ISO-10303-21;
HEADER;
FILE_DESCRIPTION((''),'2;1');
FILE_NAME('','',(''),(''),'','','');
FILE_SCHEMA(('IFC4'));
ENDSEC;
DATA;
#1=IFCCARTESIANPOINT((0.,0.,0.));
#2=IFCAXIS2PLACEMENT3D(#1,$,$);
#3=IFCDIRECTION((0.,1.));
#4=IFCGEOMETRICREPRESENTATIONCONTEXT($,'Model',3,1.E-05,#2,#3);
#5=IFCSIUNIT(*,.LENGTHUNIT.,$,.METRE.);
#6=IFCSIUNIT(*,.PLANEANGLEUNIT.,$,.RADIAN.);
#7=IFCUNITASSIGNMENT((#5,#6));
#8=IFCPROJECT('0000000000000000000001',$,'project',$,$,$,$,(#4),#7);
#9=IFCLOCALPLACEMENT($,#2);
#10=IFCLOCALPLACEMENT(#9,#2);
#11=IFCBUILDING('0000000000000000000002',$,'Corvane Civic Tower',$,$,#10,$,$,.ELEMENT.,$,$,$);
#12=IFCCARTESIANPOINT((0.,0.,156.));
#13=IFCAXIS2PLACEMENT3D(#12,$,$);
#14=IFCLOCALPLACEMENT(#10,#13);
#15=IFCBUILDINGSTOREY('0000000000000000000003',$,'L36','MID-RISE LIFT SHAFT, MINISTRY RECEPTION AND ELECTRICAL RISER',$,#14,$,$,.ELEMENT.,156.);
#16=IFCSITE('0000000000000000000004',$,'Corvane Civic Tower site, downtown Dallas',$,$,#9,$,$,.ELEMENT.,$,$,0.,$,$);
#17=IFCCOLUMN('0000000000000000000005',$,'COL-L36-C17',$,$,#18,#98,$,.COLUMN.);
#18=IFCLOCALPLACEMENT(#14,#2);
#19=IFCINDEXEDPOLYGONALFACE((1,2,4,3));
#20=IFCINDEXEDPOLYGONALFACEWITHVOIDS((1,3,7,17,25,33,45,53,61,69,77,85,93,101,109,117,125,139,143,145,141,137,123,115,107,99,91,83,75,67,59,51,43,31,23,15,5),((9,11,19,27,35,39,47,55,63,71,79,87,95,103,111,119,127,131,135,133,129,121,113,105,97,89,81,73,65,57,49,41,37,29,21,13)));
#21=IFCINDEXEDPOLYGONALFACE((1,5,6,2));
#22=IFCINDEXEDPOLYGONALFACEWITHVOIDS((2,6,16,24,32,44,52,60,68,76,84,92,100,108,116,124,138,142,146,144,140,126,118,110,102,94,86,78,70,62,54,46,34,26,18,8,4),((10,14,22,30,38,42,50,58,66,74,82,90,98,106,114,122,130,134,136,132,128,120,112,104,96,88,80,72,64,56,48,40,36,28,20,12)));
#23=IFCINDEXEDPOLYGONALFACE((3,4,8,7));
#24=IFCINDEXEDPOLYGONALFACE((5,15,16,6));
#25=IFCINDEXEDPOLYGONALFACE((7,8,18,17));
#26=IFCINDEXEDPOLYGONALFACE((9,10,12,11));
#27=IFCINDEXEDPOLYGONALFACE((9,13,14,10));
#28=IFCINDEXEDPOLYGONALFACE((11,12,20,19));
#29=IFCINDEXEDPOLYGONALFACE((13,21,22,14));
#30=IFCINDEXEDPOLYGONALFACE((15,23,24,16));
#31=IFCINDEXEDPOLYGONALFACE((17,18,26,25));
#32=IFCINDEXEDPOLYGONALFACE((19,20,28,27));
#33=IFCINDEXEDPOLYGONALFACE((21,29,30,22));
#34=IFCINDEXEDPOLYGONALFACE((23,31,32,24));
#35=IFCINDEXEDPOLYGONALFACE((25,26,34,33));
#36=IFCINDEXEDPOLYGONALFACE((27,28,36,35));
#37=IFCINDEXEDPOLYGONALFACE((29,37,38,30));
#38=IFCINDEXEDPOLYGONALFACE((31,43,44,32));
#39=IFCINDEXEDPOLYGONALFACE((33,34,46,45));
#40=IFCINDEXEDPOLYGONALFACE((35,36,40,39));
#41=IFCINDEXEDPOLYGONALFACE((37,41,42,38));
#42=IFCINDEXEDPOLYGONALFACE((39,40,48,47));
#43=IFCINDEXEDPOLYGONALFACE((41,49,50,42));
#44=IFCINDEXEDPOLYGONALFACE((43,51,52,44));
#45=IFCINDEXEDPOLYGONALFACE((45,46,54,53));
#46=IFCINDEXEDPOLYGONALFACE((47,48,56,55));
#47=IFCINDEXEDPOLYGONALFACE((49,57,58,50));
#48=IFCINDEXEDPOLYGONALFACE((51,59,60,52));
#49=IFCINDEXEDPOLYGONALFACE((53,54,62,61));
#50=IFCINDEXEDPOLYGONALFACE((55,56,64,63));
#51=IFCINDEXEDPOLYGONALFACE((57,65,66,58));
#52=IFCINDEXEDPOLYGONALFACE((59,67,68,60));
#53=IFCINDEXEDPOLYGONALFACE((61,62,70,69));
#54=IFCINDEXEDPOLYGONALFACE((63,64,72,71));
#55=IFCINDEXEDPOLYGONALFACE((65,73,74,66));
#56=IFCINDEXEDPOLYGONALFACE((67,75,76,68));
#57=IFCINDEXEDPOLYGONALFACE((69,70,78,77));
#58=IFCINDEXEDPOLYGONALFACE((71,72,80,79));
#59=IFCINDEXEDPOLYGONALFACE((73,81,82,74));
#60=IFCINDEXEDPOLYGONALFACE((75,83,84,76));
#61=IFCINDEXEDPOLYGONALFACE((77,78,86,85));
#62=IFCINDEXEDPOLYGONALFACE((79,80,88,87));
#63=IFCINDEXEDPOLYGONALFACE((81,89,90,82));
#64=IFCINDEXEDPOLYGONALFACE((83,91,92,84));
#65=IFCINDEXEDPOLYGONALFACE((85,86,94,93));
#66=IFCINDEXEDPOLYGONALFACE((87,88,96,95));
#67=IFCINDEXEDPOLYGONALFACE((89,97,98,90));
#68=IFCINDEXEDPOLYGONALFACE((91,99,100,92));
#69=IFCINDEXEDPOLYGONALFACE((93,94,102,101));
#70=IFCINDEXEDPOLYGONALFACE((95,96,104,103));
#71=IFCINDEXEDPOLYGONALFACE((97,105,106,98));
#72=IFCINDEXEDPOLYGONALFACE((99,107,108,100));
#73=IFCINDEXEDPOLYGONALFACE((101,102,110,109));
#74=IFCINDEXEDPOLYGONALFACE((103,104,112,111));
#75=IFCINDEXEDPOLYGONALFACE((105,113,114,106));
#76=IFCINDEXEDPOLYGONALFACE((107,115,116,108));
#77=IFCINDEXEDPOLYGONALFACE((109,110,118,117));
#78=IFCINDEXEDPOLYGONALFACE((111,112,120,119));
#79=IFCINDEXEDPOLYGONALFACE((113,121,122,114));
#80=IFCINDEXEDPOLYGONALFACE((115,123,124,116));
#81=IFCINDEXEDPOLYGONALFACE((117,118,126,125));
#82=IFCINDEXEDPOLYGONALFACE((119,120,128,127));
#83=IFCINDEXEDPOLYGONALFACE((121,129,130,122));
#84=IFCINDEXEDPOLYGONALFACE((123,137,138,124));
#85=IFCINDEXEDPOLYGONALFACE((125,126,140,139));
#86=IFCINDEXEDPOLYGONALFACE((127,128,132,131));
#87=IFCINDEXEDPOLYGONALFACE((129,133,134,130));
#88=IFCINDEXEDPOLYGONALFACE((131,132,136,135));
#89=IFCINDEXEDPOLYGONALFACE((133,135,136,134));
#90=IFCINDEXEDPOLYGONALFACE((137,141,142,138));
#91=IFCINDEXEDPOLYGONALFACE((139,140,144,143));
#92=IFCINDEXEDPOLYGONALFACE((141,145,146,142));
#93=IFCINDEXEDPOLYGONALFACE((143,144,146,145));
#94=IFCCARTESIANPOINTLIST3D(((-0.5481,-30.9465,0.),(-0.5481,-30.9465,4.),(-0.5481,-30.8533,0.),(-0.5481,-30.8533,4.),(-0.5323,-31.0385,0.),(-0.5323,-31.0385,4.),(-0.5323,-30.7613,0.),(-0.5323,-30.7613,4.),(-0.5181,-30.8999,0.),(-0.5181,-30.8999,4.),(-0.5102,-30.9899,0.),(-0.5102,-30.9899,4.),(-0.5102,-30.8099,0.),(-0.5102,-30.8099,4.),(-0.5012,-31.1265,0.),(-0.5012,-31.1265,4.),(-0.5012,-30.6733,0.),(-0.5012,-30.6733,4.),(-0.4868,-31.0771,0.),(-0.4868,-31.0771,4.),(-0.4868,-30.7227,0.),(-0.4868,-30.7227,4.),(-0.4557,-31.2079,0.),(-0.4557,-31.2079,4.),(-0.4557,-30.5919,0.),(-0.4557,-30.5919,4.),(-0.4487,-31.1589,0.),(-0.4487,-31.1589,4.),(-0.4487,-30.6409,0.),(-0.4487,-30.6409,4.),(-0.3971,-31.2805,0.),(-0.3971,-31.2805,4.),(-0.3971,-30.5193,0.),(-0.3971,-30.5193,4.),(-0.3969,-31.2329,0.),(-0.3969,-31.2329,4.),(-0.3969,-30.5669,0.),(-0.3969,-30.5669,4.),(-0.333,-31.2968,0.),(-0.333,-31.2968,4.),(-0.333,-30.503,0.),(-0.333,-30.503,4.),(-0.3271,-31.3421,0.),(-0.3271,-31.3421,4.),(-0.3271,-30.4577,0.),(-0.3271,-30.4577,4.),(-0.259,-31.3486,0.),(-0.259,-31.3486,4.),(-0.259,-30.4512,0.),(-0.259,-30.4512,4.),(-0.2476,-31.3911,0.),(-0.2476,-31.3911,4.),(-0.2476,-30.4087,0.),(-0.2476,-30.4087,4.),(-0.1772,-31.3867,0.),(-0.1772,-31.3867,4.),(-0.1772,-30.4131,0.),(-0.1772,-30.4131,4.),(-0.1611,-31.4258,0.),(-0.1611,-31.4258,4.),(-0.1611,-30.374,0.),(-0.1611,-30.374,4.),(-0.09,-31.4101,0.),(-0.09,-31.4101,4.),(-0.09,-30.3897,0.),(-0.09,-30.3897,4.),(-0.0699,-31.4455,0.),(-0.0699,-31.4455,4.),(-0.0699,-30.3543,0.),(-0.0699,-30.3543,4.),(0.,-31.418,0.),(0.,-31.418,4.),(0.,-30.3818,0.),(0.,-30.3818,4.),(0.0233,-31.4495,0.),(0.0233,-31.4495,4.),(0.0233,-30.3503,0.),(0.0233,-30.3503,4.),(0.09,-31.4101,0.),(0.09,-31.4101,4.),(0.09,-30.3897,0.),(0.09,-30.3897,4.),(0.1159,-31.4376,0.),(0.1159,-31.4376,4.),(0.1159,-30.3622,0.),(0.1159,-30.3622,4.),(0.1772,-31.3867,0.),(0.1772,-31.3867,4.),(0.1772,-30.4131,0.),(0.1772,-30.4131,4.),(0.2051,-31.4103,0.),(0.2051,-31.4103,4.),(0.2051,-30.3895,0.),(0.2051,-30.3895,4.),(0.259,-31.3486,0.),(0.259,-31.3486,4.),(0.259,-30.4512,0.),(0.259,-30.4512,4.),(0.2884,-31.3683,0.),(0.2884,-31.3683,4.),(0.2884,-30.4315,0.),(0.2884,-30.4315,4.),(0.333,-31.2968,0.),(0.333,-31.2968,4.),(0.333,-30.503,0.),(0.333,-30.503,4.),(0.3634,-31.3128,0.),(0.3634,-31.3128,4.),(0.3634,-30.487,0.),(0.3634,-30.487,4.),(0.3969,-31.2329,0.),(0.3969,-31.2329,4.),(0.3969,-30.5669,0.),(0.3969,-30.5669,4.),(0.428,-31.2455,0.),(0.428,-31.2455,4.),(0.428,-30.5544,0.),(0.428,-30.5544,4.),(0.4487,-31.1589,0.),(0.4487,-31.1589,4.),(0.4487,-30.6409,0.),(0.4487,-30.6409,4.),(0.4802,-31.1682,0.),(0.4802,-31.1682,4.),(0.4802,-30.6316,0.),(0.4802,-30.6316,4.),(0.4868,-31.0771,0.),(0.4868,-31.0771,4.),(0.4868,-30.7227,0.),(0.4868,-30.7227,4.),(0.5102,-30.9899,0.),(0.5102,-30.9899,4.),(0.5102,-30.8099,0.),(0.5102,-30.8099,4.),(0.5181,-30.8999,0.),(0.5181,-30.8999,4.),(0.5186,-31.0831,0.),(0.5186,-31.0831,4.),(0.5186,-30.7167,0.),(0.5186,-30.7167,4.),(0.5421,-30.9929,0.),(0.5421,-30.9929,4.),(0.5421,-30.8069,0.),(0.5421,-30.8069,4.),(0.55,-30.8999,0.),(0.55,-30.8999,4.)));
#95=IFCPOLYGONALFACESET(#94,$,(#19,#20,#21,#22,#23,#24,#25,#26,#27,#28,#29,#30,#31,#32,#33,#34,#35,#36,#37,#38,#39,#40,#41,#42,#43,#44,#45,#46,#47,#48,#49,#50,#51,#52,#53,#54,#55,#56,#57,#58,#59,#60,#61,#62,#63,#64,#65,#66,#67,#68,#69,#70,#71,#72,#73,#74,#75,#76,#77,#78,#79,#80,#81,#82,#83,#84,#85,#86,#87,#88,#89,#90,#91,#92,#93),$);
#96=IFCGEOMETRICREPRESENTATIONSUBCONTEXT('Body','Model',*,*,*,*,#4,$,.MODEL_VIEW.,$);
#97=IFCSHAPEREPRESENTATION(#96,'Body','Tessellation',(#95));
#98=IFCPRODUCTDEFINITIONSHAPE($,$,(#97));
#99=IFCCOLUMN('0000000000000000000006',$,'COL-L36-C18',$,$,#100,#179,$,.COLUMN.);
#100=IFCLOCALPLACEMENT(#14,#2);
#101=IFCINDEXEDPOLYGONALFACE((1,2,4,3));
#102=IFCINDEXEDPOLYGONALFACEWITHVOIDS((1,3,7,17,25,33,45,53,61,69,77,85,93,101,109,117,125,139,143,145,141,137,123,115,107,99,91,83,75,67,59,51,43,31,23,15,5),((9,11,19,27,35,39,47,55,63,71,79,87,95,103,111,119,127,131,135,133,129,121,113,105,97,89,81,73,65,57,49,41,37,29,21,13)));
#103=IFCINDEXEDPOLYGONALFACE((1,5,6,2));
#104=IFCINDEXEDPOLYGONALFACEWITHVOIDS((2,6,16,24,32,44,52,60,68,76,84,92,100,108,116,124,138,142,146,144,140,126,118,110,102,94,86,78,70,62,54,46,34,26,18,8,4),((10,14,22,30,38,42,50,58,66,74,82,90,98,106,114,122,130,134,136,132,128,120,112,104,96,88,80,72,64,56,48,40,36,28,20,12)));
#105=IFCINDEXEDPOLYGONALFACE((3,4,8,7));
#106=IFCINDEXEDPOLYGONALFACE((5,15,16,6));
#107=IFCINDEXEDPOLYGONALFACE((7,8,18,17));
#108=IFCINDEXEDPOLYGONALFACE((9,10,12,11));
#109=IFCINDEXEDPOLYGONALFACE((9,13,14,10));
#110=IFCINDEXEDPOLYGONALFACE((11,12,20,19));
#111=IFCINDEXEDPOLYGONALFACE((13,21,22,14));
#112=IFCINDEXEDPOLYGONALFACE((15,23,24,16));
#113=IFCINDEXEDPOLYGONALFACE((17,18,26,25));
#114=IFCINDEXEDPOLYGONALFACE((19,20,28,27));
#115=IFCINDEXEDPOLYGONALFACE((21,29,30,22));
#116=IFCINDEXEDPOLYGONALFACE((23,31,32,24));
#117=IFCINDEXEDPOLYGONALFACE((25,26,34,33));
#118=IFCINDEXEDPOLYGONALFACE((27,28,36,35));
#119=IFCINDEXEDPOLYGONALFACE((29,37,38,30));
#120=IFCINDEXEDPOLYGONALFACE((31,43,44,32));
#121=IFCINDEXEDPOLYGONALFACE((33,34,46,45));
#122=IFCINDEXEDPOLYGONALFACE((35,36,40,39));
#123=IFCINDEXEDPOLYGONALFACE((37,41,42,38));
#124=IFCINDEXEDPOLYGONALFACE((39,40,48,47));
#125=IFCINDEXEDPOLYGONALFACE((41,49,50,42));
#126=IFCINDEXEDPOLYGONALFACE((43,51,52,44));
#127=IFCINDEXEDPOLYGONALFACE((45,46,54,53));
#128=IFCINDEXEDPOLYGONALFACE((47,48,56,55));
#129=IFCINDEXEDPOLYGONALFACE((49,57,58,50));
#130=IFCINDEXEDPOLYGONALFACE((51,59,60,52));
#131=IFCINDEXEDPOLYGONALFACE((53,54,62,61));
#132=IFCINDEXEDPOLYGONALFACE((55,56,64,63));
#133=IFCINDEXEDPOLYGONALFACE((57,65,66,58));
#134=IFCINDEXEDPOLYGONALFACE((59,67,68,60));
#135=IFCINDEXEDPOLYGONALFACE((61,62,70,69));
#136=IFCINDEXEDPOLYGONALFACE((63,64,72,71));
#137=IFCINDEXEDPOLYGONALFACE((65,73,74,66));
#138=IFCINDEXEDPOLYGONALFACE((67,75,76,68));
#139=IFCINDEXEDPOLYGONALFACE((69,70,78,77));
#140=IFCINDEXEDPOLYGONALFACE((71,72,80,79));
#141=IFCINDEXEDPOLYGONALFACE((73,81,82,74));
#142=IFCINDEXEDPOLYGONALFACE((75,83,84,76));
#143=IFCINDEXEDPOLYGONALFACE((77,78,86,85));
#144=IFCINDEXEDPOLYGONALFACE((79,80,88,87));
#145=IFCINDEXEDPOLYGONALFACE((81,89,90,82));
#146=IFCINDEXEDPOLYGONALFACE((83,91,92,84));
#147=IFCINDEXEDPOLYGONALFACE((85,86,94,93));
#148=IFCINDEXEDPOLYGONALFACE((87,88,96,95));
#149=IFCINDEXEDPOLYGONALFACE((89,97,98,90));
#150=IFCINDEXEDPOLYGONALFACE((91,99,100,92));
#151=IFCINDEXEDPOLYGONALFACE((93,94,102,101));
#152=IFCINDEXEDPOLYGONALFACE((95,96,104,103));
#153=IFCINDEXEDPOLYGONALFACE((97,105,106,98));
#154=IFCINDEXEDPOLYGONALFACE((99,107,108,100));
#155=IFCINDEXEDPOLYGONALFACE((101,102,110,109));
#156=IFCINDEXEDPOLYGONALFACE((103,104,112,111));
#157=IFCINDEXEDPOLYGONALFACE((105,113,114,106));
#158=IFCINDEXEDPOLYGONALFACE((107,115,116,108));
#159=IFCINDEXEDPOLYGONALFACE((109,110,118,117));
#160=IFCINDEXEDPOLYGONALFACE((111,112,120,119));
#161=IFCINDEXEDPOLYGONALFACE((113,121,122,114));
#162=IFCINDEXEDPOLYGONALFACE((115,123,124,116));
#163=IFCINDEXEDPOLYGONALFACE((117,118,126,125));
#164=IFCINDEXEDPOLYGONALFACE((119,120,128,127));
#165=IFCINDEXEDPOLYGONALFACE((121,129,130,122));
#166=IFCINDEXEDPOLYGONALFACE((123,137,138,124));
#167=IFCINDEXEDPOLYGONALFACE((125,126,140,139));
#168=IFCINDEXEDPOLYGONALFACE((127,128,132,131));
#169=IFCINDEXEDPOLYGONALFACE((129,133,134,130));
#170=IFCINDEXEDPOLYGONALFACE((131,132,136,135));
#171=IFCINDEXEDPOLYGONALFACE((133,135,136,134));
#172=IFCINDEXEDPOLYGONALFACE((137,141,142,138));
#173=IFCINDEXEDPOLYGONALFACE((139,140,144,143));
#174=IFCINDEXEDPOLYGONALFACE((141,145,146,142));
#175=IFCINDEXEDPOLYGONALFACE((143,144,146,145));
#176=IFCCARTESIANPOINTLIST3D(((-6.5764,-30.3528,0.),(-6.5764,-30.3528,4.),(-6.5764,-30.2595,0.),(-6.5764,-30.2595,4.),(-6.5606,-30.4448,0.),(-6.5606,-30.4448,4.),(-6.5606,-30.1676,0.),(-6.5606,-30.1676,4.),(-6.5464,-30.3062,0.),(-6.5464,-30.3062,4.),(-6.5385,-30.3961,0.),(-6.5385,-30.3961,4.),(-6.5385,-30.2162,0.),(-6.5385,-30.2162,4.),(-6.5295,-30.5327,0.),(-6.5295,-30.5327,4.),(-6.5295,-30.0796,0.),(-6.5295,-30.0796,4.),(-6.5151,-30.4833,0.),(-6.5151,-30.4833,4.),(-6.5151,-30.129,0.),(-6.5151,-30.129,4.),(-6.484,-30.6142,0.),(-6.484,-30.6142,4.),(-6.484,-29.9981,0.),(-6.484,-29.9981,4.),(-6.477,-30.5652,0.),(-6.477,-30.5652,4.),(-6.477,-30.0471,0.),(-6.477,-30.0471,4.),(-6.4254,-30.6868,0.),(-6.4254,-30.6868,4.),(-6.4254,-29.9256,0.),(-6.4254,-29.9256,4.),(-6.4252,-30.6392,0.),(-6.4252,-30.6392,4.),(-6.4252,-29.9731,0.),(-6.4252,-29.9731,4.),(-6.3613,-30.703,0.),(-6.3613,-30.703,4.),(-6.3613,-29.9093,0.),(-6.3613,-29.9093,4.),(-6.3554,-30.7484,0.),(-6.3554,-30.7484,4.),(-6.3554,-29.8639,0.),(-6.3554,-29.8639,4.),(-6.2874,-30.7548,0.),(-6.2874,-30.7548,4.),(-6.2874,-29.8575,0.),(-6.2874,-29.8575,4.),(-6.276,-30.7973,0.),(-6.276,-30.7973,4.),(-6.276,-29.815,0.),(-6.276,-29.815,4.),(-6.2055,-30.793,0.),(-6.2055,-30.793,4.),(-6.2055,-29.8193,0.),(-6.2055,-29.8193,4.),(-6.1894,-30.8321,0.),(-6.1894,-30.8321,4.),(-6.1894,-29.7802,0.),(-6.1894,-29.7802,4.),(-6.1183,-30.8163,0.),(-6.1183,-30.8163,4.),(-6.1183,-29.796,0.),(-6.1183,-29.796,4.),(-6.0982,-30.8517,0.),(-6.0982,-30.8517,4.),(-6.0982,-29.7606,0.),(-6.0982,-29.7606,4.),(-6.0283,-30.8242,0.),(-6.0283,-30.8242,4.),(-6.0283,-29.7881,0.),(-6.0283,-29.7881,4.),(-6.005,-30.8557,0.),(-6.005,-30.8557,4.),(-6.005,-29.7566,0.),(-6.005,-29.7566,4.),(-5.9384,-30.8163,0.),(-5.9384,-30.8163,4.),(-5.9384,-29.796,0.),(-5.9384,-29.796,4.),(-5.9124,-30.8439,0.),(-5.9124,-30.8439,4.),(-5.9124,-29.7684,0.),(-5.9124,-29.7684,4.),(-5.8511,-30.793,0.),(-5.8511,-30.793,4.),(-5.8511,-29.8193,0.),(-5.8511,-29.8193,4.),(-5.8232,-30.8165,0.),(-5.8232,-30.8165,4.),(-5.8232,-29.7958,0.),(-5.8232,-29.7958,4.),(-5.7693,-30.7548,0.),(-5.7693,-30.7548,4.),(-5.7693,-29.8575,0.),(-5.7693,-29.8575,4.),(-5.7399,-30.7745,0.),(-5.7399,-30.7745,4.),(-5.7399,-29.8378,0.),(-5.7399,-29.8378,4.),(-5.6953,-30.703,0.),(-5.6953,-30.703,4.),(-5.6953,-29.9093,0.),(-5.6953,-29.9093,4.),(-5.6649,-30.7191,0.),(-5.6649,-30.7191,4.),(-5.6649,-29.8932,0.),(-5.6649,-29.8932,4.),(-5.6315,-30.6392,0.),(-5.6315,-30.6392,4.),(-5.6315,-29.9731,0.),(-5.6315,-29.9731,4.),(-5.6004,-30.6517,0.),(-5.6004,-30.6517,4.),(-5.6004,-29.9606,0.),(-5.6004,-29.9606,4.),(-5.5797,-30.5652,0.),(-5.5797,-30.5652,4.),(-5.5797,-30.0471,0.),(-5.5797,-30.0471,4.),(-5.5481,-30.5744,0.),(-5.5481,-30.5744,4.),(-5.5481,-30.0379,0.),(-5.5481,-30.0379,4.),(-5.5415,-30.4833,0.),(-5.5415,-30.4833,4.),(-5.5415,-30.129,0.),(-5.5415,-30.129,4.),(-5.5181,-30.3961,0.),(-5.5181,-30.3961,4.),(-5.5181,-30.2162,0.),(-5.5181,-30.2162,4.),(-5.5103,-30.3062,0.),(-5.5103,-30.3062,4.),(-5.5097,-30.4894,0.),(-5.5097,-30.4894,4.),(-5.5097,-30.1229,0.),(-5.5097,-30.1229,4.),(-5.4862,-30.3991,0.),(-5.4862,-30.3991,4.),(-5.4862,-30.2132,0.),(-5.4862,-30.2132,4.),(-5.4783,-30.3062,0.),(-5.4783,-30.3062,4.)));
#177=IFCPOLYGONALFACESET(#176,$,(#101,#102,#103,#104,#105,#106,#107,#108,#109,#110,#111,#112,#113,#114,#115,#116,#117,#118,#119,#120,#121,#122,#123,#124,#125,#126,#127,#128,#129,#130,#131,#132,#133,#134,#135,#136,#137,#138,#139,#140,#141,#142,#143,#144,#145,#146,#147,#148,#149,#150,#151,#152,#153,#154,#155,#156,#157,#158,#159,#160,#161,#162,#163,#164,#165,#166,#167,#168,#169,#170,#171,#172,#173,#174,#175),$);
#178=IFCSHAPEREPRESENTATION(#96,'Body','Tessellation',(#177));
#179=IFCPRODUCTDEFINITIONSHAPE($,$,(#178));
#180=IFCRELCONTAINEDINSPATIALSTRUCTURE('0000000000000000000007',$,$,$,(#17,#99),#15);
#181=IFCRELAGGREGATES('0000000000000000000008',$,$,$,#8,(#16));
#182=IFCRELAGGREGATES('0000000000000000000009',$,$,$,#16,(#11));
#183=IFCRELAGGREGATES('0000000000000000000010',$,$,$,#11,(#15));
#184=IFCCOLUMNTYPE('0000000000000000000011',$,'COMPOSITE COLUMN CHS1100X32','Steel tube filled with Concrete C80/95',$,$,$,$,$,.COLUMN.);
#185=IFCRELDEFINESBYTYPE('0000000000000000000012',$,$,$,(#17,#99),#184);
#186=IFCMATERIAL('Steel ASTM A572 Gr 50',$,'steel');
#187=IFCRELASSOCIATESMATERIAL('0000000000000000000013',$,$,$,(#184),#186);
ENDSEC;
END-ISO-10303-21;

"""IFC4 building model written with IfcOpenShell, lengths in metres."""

from ifc_helpers import new_model, si_unit, direction, frame, origin, origin_2d, place, context, subcontext, project, spatial, hollow_circle, extrude, material, material_profile, profile_set, type_object, element, save


model = new_model("IFC4")

# Units and contexts
model_context = context("Model", 3, precision=1e-05, world=origin(), true_north=direction((0.0, 1.0)))
body_context = subcontext(model_context, "Body", "Model", "MODEL_VIEW")
ifc_project = project(units=[si_unit("LENGTHUNIT", "METRE"), si_unit("PLANEANGLEUNIT", "RADIAN")], contexts=[model_context])

# Site, building, storey
site_placement = place(None, origin())
site = spatial("IfcSite", under=ifc_project, at=site_placement, Name="Corvane Civic Tower site, downtown Dallas", CompositionType="ELEMENT", RefElevation=0.0)
building_placement = place(site_placement, origin())
building = spatial("IfcBuilding", under=site, at=building_placement, Name="Corvane Civic Tower", CompositionType="ELEMENT")
storey_placement = place(building_placement, frame((0.0, 0.0, 156.0)))
storey = spatial("IfcBuildingStorey", under=building, at=storey_placement, Name="L36", Description="MID-RISE LIFT SHAFT, MINISTRY RECEPTION AND ELECTRICAL RISER", CompositionType="ELEMENT", Elevation=156.0)

# Columns
ifc_material_1 = material(Name="Steel ASTM A572 Gr 50", Category="steel")
ifc_material_profile_1 = material_profile(ifc_material_1, hollow_circle(Radius=0.55, WallThickness=0.032, at=origin_2d()), Name="CHS1100X32")
ifc_profile_set_1 = profile_set([ifc_material_profile_1], Name="Steel ASTM A572 Gr 50")
column_type = type_object("IfcColumnType", Name="COMPOSITE COLUMN CHS1100X32", Description="Steel tube filled with Concrete C80/95", PredefinedType="COLUMN", material=ifc_profile_set_1)
for number, where, z_axis, x_axis, name in (
    (1, (0.0, -30.8999, 0.0), (0.0, 0.0, 1.0), (1.0, 0.0, 0.0), "COL-L36-C17"),
    (2, (-6.0283, -30.3062, 0.0), (0.0, 0.0, 1.0), (1.0, 0.0, 0.0), "COL-L36-C18"),
):
    element("IfcColumn", number, at=place(storey_placement, frame(where, z_axis=z_axis, x_axis=x_axis)), inside=storey, type_object=column_type, Name=name, PredefinedType="COLUMN", context=body_context, shape_type="SweptSolid", body=[
        extrude(hollow_circle(Radius=0.55, WallThickness=0.032, at=origin_2d()), origin(), (0.0, 0.0, 1.0), 4.0),
    ])

save(model, "model.ifc")
